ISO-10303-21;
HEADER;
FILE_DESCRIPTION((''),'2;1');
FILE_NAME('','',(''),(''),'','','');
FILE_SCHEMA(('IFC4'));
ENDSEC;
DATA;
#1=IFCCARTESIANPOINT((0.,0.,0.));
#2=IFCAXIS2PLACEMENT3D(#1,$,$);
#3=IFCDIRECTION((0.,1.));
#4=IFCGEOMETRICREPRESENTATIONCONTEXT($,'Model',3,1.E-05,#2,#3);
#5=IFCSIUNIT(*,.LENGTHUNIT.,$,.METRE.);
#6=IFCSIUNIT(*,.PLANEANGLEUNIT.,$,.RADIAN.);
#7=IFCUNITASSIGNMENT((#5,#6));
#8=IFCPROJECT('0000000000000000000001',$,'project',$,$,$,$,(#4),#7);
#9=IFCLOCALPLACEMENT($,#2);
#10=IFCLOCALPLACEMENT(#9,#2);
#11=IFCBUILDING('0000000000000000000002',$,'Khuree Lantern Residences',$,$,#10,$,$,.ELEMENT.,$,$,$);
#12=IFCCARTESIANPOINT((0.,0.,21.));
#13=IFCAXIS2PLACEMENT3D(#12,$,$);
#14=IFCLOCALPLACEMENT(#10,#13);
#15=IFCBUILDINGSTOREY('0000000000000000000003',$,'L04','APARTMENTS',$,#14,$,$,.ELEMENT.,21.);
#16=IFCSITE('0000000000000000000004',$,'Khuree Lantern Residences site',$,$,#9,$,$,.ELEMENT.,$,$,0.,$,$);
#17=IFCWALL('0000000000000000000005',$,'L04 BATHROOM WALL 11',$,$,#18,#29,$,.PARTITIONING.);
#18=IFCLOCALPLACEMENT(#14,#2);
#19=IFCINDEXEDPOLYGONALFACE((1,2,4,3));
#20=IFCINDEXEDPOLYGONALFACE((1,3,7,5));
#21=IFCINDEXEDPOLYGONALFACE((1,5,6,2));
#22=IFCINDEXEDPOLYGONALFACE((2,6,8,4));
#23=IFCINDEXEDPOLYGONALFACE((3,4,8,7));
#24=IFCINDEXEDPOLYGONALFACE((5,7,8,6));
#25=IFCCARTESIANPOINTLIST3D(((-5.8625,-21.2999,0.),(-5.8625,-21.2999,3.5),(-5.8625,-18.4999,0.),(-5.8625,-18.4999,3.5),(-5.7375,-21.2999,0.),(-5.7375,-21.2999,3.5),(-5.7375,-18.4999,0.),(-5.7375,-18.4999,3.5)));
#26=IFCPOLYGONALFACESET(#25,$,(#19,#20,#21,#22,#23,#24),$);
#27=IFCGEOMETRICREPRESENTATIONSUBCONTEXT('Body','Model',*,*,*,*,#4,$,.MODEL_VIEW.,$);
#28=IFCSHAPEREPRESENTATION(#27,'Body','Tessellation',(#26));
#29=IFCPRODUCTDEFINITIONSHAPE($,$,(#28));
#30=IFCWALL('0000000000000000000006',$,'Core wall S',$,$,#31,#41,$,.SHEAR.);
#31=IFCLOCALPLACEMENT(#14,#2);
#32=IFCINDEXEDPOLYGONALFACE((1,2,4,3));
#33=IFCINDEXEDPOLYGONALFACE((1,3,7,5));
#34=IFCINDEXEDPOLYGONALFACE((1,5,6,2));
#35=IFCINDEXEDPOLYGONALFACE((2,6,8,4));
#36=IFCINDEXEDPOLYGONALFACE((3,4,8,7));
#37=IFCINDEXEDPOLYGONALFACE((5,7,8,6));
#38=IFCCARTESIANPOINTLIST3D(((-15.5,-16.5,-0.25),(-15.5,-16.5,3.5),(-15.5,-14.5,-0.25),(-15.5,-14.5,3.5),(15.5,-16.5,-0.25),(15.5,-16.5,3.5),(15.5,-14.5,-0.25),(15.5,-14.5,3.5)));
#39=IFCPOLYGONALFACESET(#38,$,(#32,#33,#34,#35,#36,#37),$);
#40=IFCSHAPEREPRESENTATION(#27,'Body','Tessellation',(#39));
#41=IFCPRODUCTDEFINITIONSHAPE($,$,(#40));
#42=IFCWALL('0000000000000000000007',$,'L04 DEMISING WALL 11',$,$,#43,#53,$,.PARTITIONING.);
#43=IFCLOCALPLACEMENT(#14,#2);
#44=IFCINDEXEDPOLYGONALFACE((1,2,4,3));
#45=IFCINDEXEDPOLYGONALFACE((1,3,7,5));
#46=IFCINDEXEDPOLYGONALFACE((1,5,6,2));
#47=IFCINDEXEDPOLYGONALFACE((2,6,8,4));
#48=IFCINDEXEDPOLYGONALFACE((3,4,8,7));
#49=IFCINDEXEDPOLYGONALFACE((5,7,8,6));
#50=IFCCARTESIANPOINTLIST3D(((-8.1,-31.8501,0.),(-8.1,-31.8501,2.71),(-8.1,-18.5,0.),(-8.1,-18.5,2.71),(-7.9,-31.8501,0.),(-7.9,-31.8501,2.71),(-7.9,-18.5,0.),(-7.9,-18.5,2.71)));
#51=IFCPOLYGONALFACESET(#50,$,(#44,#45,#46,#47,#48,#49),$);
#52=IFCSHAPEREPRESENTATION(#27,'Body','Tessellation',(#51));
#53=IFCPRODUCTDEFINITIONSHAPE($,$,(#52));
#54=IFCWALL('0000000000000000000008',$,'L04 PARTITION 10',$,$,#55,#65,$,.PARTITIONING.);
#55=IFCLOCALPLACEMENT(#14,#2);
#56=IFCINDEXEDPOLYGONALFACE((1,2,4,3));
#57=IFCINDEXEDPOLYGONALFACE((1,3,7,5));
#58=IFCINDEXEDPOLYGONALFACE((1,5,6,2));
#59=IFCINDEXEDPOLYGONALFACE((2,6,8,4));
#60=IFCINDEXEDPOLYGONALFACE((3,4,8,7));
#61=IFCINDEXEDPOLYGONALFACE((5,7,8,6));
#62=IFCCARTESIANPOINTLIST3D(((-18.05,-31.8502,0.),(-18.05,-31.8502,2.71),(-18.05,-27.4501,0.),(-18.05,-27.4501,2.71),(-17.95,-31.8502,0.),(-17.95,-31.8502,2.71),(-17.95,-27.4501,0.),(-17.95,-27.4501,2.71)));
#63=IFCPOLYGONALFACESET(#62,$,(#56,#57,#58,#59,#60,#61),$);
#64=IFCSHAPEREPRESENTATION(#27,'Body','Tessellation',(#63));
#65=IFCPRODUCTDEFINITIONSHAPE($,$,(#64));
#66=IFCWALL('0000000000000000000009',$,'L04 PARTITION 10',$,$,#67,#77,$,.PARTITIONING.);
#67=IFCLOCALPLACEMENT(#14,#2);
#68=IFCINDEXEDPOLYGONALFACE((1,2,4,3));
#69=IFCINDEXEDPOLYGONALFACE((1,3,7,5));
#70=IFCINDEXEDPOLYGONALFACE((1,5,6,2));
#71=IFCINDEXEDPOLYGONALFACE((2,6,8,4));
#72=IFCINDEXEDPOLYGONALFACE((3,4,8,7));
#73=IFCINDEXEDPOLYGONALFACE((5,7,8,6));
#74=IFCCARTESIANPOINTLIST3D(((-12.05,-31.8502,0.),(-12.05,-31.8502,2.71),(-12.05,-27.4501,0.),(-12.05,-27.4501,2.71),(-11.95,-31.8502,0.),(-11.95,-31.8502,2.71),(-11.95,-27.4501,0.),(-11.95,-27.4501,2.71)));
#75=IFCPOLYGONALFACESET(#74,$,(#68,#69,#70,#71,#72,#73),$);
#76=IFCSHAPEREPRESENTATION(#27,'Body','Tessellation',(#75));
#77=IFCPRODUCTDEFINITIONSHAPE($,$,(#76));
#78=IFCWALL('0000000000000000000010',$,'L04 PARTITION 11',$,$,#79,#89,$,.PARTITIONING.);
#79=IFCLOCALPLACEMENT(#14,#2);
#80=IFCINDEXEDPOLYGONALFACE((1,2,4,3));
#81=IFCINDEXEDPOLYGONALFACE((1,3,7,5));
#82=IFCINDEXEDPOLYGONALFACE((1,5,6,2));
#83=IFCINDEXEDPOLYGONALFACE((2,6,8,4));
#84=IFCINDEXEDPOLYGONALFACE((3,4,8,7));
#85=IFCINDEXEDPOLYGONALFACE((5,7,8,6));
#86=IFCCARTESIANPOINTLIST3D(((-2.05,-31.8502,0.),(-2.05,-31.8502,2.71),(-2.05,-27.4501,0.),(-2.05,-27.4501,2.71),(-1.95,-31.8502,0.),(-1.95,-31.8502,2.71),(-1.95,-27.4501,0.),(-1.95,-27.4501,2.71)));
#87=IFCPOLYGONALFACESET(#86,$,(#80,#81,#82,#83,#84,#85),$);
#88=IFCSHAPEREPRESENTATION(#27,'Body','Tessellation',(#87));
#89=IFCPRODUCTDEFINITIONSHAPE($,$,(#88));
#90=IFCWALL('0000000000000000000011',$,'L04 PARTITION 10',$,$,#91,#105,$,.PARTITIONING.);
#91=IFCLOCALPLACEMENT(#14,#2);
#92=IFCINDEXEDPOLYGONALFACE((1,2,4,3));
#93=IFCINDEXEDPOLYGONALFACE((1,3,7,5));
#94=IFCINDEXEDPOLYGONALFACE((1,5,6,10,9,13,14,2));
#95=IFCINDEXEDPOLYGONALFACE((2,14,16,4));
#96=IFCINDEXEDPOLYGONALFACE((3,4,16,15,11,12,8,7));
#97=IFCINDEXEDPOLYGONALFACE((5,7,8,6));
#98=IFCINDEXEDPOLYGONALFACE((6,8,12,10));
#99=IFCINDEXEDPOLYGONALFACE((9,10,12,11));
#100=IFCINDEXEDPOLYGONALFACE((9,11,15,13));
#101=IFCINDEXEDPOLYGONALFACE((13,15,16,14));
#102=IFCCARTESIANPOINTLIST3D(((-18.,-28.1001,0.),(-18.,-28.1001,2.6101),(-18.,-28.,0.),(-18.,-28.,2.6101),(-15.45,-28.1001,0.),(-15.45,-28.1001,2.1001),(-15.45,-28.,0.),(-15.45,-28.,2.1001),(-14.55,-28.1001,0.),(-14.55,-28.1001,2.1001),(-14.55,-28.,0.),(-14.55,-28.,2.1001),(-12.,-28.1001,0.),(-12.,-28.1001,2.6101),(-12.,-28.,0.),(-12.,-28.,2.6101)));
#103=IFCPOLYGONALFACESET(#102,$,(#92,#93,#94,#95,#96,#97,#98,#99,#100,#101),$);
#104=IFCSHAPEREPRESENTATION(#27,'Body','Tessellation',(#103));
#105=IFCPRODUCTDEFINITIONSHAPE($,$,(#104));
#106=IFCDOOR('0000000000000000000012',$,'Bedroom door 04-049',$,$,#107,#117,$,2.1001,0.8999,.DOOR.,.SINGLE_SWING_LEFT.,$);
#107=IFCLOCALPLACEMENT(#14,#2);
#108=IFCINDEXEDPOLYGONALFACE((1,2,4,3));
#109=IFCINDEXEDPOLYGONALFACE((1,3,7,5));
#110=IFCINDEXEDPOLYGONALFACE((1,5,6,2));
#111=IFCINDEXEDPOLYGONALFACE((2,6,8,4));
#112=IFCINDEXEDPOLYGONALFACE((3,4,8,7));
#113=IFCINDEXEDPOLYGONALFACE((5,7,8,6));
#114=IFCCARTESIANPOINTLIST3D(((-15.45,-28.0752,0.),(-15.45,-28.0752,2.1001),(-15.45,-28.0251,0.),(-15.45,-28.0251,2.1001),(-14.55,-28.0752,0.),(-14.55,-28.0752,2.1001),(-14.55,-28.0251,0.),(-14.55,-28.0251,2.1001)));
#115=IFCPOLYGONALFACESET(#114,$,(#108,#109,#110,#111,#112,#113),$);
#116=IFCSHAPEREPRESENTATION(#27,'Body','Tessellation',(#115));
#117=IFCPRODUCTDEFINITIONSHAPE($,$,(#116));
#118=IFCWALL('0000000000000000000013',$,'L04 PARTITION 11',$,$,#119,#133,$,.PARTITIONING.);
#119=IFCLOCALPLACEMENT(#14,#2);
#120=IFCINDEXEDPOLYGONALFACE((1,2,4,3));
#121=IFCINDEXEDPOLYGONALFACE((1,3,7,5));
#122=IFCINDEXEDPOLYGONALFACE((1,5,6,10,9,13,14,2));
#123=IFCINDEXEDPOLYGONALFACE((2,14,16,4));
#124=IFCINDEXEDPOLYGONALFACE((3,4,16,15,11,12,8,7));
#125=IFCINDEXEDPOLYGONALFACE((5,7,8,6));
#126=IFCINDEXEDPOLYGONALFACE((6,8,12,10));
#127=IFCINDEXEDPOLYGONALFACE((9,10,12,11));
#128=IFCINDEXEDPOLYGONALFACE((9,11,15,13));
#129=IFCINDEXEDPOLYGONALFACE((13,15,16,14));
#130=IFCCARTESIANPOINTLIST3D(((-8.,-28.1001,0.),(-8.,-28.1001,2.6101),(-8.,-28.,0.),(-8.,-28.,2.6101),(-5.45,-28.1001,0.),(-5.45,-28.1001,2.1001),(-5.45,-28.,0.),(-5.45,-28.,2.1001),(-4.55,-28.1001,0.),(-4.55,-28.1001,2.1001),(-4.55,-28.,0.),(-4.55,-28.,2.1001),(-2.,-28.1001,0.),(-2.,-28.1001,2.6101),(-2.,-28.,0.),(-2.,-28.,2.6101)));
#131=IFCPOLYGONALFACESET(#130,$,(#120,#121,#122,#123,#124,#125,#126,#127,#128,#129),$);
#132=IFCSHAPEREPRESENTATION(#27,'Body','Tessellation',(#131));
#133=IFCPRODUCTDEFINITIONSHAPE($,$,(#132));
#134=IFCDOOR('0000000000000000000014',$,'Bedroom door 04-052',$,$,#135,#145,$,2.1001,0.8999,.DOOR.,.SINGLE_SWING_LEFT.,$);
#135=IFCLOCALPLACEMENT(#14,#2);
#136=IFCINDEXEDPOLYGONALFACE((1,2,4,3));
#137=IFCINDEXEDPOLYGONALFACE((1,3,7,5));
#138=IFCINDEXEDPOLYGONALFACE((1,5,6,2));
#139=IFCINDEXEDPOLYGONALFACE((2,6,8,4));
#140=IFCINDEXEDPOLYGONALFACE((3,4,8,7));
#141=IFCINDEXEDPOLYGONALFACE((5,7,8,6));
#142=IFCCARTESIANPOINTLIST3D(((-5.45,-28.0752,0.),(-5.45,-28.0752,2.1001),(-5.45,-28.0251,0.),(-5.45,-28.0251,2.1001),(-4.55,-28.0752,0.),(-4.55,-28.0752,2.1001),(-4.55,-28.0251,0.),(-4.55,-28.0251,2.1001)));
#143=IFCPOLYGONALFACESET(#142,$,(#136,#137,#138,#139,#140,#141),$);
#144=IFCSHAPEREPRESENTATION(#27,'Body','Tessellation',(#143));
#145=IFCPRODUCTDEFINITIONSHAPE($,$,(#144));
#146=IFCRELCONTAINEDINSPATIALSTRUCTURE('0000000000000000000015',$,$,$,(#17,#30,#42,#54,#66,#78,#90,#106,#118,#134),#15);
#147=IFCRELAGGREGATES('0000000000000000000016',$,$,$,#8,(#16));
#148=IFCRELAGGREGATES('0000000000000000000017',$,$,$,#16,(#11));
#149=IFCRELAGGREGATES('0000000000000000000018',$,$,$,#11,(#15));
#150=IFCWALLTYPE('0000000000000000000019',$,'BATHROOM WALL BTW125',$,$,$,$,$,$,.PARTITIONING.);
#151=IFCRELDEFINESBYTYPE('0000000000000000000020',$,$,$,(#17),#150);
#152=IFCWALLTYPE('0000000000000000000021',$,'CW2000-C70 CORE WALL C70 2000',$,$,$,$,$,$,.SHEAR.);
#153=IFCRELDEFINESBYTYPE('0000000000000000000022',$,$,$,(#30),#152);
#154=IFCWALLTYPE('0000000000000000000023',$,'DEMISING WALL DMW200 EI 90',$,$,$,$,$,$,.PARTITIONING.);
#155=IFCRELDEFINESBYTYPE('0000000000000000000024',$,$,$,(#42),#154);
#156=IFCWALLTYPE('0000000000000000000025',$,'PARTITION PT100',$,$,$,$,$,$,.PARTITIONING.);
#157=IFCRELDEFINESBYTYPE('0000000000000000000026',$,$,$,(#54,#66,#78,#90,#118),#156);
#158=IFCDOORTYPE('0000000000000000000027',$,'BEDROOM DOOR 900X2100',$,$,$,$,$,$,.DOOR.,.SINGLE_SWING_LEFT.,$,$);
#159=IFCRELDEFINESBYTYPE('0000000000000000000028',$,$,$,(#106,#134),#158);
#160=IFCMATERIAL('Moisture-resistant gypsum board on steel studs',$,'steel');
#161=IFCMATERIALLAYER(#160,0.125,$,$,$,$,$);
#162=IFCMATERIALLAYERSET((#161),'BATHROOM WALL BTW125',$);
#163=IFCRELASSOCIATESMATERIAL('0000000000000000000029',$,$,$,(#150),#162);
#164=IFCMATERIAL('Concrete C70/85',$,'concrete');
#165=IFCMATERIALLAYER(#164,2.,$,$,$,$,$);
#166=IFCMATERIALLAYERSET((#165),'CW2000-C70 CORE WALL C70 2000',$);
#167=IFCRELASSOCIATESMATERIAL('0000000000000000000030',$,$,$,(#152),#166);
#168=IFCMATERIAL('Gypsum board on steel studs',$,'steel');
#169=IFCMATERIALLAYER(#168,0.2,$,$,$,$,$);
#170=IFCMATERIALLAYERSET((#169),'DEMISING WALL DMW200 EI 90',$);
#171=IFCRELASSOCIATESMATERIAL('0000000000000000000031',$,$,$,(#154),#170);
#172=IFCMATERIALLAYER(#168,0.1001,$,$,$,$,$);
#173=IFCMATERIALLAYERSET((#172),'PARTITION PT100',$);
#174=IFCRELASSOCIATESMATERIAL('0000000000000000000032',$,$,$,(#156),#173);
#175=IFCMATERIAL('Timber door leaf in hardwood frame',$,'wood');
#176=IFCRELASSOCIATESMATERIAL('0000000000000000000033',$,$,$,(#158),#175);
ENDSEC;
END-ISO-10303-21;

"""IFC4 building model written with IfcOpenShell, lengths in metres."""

from ifc_helpers import new_model, si_unit, direction, frame, frame_2d, origin, place, context, subcontext, project, spatial, rectangle, extrude, material, layer, layer_set, type_object, element, fill, save


model = new_model("IFC4")

# Units and contexts
model_context = context("Model", 3, precision=1e-05, world=origin(), true_north=direction((0.0, 1.0)))
body_context = subcontext(model_context, "Body", "Model", "MODEL_VIEW")
ifc_project = project(units=[si_unit("LENGTHUNIT", "METRE"), si_unit("PLANEANGLEUNIT", "RADIAN")], contexts=[model_context])

# Site, building, storey
site_placement = place(None, origin())
site = spatial("IfcSite", under=ifc_project, at=site_placement, Name="Khuree Lantern Residences site", CompositionType="ELEMENT", RefElevation=0.0)
building_placement = place(site_placement, origin())
building = spatial("IfcBuilding", under=site, at=building_placement, Name="Khuree Lantern Residences", CompositionType="ELEMENT")
storey_placement = place(building_placement, frame((0.0, 0.0, 21.0)))
storey = spatial("IfcBuildingStorey", under=building, at=storey_placement, Name="L04", Description="APARTMENTS", CompositionType="ELEMENT", Elevation=21.0)

# Shared definitions
ifc_material_1 = material(Name="Concrete C70/85", Category="concrete")

# Shared definitions
ifc_material_2 = material(Name="Moisture-resistant gypsum board on steel studs", Category="steel")
ifc_layer_1 = layer(ifc_material_2, 0.125)
ifc_layer_set_1 = layer_set([ifc_layer_1], Name="BATHROOM WALL BTW125")
wall_type_1 = type_object("IfcWallType", Name="BATHROOM WALL BTW125", PredefinedType="PARTITIONING", material=ifc_layer_set_1)
ifc_material_3 = material(Name="Timber door leaf in hardwood frame", Category="wood")

# Walls
wall_1_placement = place(storey_placement, frame((-5.8, -18.5, 0.0), z_axis=(0.0, 0.0, 1.0), x_axis=(0.0, -1.0, 0.0)))
element("IfcWall", 1, at=wall_1_placement, inside=storey, type_object=wall_type_1, Name="L04 BATHROOM WALL 11", PredefinedType="PARTITIONING", context=body_context, shape_type="SweptSolid", body=[
    extrude(rectangle(XDim=2.8, YDim=0.125, at=frame_2d((1.3999, 0.0))), origin(), (0.0, 0.0, 1.0), 3.5),
])
ifc_layer_2 = layer(ifc_material_1, 2.0)
ifc_layer_set_2 = layer_set([ifc_layer_2], Name="CW2000-C70 CORE WALL C70 2000")
wall_type_2 = type_object("IfcWallType", Name="CW2000-C70 CORE WALL C70 2000", PredefinedType="SHEAR", material=ifc_layer_set_2)
wall_2_placement = place(storey_placement, frame((-15.5, -15.5, -0.25), z_axis=(0.0, 0.0, 1.0), x_axis=(1.0, 0.0, 0.0)))
element("IfcWall", 2, at=wall_2_placement, inside=storey, type_object=wall_type_2, Name="Core wall S", PredefinedType="SHEAR", context=body_context, shape_type="SweptSolid", body=[
    extrude(rectangle(XDim=31.0, YDim=2.0, at=frame_2d((15.5, 0.0))), origin(), (0.0, 0.0, 1.0), 3.75),
])
ifc_material_4 = material(Name="Gypsum board on steel studs", Category="steel")
ifc_layer_3 = layer(ifc_material_4, 0.2)
ifc_layer_set_3 = layer_set([ifc_layer_3], Name="DEMISING WALL DMW200 EI 90")
wall_type_3 = type_object("IfcWallType", Name="DEMISING WALL DMW200 EI 90", PredefinedType="PARTITIONING", material=ifc_layer_set_3)
wall_3_placement = place(storey_placement, frame((-8.0, -18.5, 0.0), z_axis=(0.0, 0.0, 1.0), x_axis=(0.0, -1.0, 0.0)))
element("IfcWall", 3, at=wall_3_placement, inside=storey, type_object=wall_type_3, Name="L04 DEMISING WALL 11", PredefinedType="PARTITIONING", context=body_context, shape_type="SweptSolid", body=[
    extrude(rectangle(XDim=13.3501, YDim=0.2, at=frame_2d((6.675, 0.0))), origin(), (0.0, 0.0, 1.0), 2.71),
])
ifc_layer_4 = layer(ifc_material_4, 0.1001)
ifc_layer_set_4 = layer_set([ifc_layer_4], Name="PARTITION PT100")
wall_type_4 = type_object("IfcWallType", Name="PARTITION PT100", PredefinedType="PARTITIONING", material=ifc_layer_set_4)
for number, where, z_axis, x_axis, name in (
    (4, (-18.0, -27.45, 0.0), (0.0, 0.0, 1.0), (0.0, -1.0, 0.0), "L04 PARTITION 10"),
    (5, (-12.0, -27.45, 0.0), (0.0, 0.0, 1.0), (0.0, -1.0, 0.0), "L04 PARTITION 10"),
    (6, (-2.0, -27.45, 0.0), (0.0, 0.0, 1.0), (0.0, -1.0, 0.0), "L04 PARTITION 11"),
):
    element("IfcWall", number, at=place(storey_placement, frame(where, z_axis=z_axis, x_axis=x_axis)), inside=storey, type_object=wall_type_4, Name=name, PredefinedType="PARTITIONING", context=body_context, shape_type="SweptSolid", body=[
        extrude(rectangle(XDim=4.4001, YDim=0.1001, at=frame_2d((2.2002, 0.0))), origin(), (0.0, 0.0, 1.0), 2.71),
    ])

# Walls, openings, doors
wall_4_placement = place(storey_placement, frame((-18.0, -28.05, 0.0), z_axis=(0.0, 0.0, 1.0), x_axis=(1.0, 0.0, 0.0)))
wall_4 = element("IfcWall", 7, at=wall_4_placement, inside=storey, type_object=wall_type_4, Name="L04 PARTITION 10", PredefinedType="PARTITIONING", context=body_context, shape_type="SweptSolid", body=[
    extrude(rectangle(XDim=6.0, YDim=0.1001, at=frame_2d((3.0, 0.0))), origin(), (0.0, 0.0, 1.0), 2.6101),
])
opening_1_placement = place(wall_4_placement, frame((2.55, 0.0, 0.0)))
opening_1 = element("IfcOpeningElement", 8, at=opening_1_placement, cuts=wall_4, PredefinedType="OPENING", context=body_context, shape_type="SweptSolid", body=[
    extrude(rectangle(XDim=0.8999, YDim=2.1001, at=frame_2d((0.45, 1.05))), frame((0.0, 0.0601, 0.0), z_axis=(0.0, -1.0, 0.0), x_axis=(1.0, 0.0, 0.0)), (0.0, 0.0, 1.0), 0.1201),
])
door_type_1 = type_object("IfcDoorType", Name="BEDROOM DOOR 900X2100", OperationType="SINGLE_SWING_LEFT", PredefinedType="DOOR", material=ifc_material_3)
door_1_placement = place(opening_1_placement, origin())
door_1 = element("IfcDoor", 9, at=door_1_placement, inside=storey, type_object=door_type_1, Name="Bedroom door 04-049", OperationType="SINGLE_SWING_LEFT", OverallHeight=2.1001, OverallWidth=0.8999, PredefinedType="DOOR", context=body_context, shape_type="SweptSolid", body=[
    extrude(rectangle(XDim=0.8999, YDim=2.1001, at=frame_2d((0.45, 1.05))), frame((0.0, 0.0249, 0.0), z_axis=(0.0, -1.0, 0.0), x_axis=(1.0, 0.0, 0.0)), (0.0, 0.0, 1.0), 0.05),
])
fill(opening_1, door_1)
wall_5_placement = place(storey_placement, frame((-8.0, -28.05, 0.0), z_axis=(0.0, 0.0, 1.0), x_axis=(1.0, 0.0, 0.0)))
wall_5 = element("IfcWall", 10, at=wall_5_placement, inside=storey, type_object=wall_type_4, Name="L04 PARTITION 11", PredefinedType="PARTITIONING", context=body_context, shape_type="SweptSolid", body=[
    extrude(rectangle(XDim=6.0, YDim=0.1001, at=frame_2d((3.0, 0.0))), origin(), (0.0, 0.0, 1.0), 2.6101),
])
opening_2_placement = place(wall_5_placement, frame((2.55, 0.0, 0.0)))
opening_2 = element("IfcOpeningElement", 11, at=opening_2_placement, cuts=wall_5, PredefinedType="OPENING", context=body_context, shape_type="SweptSolid", body=[
    extrude(rectangle(XDim=0.8999, YDim=2.1001, at=frame_2d((0.45, 1.05))), frame((0.0, 0.0601, 0.0), z_axis=(0.0, -1.0, 0.0), x_axis=(1.0, 0.0, 0.0)), (0.0, 0.0, 1.0), 0.1201),
])
door_2_placement = place(opening_2_placement, origin())
door_2 = element("IfcDoor", 12, at=door_2_placement, inside=storey, type_object=door_type_1, Name="Bedroom door 04-052", OperationType="SINGLE_SWING_LEFT", OverallHeight=2.1001, OverallWidth=0.8999, PredefinedType="DOOR", context=body_context, shape_type="SweptSolid", body=[
    extrude(rectangle(XDim=0.8999, YDim=2.1001, at=frame_2d((0.45, 1.05))), frame((0.0, 0.0249, 0.0), z_axis=(0.0, -1.0, 0.0), x_axis=(1.0, 0.0, 0.0)), (0.0, 0.0, 1.0), 0.05),
])
fill(opening_2, door_2)

save(model, "model.ifc")
